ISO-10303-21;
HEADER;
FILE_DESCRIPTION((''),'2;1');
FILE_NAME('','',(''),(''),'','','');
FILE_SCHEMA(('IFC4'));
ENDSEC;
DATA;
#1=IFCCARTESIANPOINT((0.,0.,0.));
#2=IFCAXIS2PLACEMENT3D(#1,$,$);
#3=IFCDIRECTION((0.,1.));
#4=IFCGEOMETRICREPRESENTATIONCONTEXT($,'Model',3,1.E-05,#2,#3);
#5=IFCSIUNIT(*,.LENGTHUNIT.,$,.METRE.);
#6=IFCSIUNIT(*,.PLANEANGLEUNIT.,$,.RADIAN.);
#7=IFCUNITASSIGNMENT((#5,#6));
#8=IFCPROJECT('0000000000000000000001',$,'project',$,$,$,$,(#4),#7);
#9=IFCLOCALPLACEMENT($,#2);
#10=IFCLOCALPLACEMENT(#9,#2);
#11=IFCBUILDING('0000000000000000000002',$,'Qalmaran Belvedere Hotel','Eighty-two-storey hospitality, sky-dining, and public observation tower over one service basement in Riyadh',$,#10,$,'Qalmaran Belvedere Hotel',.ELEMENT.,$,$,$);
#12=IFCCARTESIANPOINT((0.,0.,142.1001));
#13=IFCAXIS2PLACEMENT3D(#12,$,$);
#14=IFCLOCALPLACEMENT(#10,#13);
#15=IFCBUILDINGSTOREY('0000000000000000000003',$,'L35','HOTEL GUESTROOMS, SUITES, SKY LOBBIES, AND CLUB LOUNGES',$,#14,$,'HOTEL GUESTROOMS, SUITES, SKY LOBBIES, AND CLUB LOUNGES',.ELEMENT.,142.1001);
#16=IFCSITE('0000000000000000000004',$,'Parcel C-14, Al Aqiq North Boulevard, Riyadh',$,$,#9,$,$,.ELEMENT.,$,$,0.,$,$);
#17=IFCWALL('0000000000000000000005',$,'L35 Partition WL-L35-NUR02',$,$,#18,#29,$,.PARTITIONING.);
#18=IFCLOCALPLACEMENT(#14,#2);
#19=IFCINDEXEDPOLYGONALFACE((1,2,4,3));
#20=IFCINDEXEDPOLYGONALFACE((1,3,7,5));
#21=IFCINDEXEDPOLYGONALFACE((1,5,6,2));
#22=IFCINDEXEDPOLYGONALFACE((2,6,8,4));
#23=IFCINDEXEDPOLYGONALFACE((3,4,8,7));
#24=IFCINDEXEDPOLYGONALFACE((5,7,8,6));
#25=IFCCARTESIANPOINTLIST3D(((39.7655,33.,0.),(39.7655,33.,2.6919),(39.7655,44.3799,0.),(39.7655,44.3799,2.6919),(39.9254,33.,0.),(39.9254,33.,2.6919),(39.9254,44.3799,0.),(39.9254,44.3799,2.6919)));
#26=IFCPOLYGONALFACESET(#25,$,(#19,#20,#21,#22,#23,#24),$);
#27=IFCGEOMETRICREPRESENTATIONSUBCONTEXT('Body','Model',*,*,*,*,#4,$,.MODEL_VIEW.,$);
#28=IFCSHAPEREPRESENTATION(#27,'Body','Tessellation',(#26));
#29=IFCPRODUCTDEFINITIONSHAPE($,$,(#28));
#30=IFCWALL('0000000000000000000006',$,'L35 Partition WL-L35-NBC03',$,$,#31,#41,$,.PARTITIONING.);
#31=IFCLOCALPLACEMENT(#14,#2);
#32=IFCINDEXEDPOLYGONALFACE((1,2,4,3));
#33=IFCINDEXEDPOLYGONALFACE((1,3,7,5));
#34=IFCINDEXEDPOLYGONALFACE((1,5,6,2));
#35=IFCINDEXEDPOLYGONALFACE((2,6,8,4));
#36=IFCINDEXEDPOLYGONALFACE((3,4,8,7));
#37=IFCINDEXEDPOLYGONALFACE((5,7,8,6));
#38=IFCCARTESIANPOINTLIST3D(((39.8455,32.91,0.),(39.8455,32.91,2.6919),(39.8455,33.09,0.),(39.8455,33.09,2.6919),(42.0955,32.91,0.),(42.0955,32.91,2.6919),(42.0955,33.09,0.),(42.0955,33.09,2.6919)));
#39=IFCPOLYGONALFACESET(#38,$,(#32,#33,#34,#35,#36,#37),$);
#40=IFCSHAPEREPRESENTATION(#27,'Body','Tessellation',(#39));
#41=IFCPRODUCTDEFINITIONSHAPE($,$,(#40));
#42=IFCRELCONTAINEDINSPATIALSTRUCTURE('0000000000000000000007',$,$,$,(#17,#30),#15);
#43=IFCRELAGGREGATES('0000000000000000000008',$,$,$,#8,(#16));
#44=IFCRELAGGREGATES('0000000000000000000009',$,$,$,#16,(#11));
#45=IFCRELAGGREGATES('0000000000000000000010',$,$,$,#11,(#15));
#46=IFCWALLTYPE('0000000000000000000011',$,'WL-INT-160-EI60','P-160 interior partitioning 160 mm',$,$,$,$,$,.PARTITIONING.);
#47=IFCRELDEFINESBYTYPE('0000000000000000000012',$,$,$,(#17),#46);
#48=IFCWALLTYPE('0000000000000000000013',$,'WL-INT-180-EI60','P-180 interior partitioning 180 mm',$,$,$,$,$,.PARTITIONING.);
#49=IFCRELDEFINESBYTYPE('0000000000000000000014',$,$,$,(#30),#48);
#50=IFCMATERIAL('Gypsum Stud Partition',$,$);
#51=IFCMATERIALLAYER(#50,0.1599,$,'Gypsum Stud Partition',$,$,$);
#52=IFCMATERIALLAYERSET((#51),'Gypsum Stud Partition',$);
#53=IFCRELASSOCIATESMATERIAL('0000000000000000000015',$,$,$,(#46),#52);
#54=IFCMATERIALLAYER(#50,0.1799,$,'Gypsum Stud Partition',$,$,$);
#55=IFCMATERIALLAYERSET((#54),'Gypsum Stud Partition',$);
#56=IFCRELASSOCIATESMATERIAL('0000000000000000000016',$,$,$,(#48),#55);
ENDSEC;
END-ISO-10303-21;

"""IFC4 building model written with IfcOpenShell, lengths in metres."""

from ifc_helpers import new_model, si_unit, direction, frame, frame_2d, origin, place, context, subcontext, project, spatial, rectangle, extrude, material, layer, layer_set, type_object, element, save


model = new_model("IFC4")

# Units and contexts
model_context = context("Model", 3, precision=1e-05, world=origin(), true_north=direction((0.0, 1.0)))
body_context = subcontext(model_context, "Body", "Model", "MODEL_VIEW")
ifc_project = project(units=[si_unit("LENGTHUNIT", "METRE"), si_unit("PLANEANGLEUNIT", "RADIAN")], contexts=[model_context])

# Site, building, storey
site_placement = place(None, origin())
site = spatial("IfcSite", under=ifc_project, at=site_placement, Name="Parcel C-14, Al Aqiq North Boulevard, Riyadh", CompositionType="ELEMENT", RefElevation=0.0)
building_placement = place(site_placement, origin())
building = spatial("IfcBuilding", under=site, at=building_placement, Name="Qalmaran Belvedere Hotel", Description="Eighty-two-storey hospitality, sky-dining, and public observation tower over one service basement in Riyadh", LongName="Qalmaran Belvedere Hotel", CompositionType="ELEMENT")
storey_placement = place(building_placement, frame((0.0, 0.0, 142.1001)))
storey = spatial("IfcBuildingStorey", under=building, at=storey_placement, Name="L35", Description="HOTEL GUESTROOMS, SUITES, SKY LOBBIES, AND CLUB LOUNGES", LongName="HOTEL GUESTROOMS, SUITES, SKY LOBBIES, AND CLUB LOUNGES", CompositionType="ELEMENT", Elevation=142.1001)

# Wall
ifc_material_1 = material(Name="Gypsum Stud Partition")
ifc_layer_1 = layer(ifc_material_1, 0.1599, Name="Gypsum Stud Partition")
ifc_layer_set_1 = layer_set([ifc_layer_1], Name="Gypsum Stud Partition")
wall_type_1 = type_object("IfcWallType", Name="WL-INT-160-EI60", Description="P-160 interior partitioning 160 mm", PredefinedType="PARTITIONING", material=ifc_layer_set_1)
wall_1_placement = place(storey_placement, frame((39.8455, 33.0, 0.0), z_axis=(0.0, 0.0, 1.0), x_axis=(0.0, 1.0, 0.0)))
element("IfcWall", 1, at=wall_1_placement, inside=storey, type_object=wall_type_1, Name="L35 Partition WL-L35-NUR02", PredefinedType="PARTITIONING", context=body_context, shape_type="SweptSolid", body=[
    extrude(rectangle(XDim=11.3799, YDim=0.1599, at=frame_2d((5.6899, 0.0))), origin(), (0.0, 0.0, 1.0), 2.6919),
])

# Shared definitions
ifc_layer_2 = layer(ifc_material_1, 0.1799, Name="Gypsum Stud Partition")
ifc_layer_set_2 = layer_set([ifc_layer_2], Name="Gypsum Stud Partition")
wall_type_2 = type_object("IfcWallType", Name="WL-INT-180-EI60", Description="P-180 interior partitioning 180 mm", PredefinedType="PARTITIONING", material=ifc_layer_set_2)

# Wall
wall_2_placement = place(storey_placement, frame((39.8455, 33.0, 0.0), z_axis=(0.0, 0.0, 1.0), x_axis=(1.0, 0.0, 0.0)))
element("IfcWall", 2, at=wall_2_placement, inside=storey, type_object=wall_type_2, Name="L35 Partition WL-L35-NBC03", PredefinedType="PARTITIONING", context=body_context, shape_type="SweptSolid", body=[
    extrude(rectangle(XDim=2.25, YDim=0.1799, at=frame_2d((1.125, 0.0))), origin(), (0.0, 0.0, 1.0), 2.6919),
])

save(model, "model.ifc")
